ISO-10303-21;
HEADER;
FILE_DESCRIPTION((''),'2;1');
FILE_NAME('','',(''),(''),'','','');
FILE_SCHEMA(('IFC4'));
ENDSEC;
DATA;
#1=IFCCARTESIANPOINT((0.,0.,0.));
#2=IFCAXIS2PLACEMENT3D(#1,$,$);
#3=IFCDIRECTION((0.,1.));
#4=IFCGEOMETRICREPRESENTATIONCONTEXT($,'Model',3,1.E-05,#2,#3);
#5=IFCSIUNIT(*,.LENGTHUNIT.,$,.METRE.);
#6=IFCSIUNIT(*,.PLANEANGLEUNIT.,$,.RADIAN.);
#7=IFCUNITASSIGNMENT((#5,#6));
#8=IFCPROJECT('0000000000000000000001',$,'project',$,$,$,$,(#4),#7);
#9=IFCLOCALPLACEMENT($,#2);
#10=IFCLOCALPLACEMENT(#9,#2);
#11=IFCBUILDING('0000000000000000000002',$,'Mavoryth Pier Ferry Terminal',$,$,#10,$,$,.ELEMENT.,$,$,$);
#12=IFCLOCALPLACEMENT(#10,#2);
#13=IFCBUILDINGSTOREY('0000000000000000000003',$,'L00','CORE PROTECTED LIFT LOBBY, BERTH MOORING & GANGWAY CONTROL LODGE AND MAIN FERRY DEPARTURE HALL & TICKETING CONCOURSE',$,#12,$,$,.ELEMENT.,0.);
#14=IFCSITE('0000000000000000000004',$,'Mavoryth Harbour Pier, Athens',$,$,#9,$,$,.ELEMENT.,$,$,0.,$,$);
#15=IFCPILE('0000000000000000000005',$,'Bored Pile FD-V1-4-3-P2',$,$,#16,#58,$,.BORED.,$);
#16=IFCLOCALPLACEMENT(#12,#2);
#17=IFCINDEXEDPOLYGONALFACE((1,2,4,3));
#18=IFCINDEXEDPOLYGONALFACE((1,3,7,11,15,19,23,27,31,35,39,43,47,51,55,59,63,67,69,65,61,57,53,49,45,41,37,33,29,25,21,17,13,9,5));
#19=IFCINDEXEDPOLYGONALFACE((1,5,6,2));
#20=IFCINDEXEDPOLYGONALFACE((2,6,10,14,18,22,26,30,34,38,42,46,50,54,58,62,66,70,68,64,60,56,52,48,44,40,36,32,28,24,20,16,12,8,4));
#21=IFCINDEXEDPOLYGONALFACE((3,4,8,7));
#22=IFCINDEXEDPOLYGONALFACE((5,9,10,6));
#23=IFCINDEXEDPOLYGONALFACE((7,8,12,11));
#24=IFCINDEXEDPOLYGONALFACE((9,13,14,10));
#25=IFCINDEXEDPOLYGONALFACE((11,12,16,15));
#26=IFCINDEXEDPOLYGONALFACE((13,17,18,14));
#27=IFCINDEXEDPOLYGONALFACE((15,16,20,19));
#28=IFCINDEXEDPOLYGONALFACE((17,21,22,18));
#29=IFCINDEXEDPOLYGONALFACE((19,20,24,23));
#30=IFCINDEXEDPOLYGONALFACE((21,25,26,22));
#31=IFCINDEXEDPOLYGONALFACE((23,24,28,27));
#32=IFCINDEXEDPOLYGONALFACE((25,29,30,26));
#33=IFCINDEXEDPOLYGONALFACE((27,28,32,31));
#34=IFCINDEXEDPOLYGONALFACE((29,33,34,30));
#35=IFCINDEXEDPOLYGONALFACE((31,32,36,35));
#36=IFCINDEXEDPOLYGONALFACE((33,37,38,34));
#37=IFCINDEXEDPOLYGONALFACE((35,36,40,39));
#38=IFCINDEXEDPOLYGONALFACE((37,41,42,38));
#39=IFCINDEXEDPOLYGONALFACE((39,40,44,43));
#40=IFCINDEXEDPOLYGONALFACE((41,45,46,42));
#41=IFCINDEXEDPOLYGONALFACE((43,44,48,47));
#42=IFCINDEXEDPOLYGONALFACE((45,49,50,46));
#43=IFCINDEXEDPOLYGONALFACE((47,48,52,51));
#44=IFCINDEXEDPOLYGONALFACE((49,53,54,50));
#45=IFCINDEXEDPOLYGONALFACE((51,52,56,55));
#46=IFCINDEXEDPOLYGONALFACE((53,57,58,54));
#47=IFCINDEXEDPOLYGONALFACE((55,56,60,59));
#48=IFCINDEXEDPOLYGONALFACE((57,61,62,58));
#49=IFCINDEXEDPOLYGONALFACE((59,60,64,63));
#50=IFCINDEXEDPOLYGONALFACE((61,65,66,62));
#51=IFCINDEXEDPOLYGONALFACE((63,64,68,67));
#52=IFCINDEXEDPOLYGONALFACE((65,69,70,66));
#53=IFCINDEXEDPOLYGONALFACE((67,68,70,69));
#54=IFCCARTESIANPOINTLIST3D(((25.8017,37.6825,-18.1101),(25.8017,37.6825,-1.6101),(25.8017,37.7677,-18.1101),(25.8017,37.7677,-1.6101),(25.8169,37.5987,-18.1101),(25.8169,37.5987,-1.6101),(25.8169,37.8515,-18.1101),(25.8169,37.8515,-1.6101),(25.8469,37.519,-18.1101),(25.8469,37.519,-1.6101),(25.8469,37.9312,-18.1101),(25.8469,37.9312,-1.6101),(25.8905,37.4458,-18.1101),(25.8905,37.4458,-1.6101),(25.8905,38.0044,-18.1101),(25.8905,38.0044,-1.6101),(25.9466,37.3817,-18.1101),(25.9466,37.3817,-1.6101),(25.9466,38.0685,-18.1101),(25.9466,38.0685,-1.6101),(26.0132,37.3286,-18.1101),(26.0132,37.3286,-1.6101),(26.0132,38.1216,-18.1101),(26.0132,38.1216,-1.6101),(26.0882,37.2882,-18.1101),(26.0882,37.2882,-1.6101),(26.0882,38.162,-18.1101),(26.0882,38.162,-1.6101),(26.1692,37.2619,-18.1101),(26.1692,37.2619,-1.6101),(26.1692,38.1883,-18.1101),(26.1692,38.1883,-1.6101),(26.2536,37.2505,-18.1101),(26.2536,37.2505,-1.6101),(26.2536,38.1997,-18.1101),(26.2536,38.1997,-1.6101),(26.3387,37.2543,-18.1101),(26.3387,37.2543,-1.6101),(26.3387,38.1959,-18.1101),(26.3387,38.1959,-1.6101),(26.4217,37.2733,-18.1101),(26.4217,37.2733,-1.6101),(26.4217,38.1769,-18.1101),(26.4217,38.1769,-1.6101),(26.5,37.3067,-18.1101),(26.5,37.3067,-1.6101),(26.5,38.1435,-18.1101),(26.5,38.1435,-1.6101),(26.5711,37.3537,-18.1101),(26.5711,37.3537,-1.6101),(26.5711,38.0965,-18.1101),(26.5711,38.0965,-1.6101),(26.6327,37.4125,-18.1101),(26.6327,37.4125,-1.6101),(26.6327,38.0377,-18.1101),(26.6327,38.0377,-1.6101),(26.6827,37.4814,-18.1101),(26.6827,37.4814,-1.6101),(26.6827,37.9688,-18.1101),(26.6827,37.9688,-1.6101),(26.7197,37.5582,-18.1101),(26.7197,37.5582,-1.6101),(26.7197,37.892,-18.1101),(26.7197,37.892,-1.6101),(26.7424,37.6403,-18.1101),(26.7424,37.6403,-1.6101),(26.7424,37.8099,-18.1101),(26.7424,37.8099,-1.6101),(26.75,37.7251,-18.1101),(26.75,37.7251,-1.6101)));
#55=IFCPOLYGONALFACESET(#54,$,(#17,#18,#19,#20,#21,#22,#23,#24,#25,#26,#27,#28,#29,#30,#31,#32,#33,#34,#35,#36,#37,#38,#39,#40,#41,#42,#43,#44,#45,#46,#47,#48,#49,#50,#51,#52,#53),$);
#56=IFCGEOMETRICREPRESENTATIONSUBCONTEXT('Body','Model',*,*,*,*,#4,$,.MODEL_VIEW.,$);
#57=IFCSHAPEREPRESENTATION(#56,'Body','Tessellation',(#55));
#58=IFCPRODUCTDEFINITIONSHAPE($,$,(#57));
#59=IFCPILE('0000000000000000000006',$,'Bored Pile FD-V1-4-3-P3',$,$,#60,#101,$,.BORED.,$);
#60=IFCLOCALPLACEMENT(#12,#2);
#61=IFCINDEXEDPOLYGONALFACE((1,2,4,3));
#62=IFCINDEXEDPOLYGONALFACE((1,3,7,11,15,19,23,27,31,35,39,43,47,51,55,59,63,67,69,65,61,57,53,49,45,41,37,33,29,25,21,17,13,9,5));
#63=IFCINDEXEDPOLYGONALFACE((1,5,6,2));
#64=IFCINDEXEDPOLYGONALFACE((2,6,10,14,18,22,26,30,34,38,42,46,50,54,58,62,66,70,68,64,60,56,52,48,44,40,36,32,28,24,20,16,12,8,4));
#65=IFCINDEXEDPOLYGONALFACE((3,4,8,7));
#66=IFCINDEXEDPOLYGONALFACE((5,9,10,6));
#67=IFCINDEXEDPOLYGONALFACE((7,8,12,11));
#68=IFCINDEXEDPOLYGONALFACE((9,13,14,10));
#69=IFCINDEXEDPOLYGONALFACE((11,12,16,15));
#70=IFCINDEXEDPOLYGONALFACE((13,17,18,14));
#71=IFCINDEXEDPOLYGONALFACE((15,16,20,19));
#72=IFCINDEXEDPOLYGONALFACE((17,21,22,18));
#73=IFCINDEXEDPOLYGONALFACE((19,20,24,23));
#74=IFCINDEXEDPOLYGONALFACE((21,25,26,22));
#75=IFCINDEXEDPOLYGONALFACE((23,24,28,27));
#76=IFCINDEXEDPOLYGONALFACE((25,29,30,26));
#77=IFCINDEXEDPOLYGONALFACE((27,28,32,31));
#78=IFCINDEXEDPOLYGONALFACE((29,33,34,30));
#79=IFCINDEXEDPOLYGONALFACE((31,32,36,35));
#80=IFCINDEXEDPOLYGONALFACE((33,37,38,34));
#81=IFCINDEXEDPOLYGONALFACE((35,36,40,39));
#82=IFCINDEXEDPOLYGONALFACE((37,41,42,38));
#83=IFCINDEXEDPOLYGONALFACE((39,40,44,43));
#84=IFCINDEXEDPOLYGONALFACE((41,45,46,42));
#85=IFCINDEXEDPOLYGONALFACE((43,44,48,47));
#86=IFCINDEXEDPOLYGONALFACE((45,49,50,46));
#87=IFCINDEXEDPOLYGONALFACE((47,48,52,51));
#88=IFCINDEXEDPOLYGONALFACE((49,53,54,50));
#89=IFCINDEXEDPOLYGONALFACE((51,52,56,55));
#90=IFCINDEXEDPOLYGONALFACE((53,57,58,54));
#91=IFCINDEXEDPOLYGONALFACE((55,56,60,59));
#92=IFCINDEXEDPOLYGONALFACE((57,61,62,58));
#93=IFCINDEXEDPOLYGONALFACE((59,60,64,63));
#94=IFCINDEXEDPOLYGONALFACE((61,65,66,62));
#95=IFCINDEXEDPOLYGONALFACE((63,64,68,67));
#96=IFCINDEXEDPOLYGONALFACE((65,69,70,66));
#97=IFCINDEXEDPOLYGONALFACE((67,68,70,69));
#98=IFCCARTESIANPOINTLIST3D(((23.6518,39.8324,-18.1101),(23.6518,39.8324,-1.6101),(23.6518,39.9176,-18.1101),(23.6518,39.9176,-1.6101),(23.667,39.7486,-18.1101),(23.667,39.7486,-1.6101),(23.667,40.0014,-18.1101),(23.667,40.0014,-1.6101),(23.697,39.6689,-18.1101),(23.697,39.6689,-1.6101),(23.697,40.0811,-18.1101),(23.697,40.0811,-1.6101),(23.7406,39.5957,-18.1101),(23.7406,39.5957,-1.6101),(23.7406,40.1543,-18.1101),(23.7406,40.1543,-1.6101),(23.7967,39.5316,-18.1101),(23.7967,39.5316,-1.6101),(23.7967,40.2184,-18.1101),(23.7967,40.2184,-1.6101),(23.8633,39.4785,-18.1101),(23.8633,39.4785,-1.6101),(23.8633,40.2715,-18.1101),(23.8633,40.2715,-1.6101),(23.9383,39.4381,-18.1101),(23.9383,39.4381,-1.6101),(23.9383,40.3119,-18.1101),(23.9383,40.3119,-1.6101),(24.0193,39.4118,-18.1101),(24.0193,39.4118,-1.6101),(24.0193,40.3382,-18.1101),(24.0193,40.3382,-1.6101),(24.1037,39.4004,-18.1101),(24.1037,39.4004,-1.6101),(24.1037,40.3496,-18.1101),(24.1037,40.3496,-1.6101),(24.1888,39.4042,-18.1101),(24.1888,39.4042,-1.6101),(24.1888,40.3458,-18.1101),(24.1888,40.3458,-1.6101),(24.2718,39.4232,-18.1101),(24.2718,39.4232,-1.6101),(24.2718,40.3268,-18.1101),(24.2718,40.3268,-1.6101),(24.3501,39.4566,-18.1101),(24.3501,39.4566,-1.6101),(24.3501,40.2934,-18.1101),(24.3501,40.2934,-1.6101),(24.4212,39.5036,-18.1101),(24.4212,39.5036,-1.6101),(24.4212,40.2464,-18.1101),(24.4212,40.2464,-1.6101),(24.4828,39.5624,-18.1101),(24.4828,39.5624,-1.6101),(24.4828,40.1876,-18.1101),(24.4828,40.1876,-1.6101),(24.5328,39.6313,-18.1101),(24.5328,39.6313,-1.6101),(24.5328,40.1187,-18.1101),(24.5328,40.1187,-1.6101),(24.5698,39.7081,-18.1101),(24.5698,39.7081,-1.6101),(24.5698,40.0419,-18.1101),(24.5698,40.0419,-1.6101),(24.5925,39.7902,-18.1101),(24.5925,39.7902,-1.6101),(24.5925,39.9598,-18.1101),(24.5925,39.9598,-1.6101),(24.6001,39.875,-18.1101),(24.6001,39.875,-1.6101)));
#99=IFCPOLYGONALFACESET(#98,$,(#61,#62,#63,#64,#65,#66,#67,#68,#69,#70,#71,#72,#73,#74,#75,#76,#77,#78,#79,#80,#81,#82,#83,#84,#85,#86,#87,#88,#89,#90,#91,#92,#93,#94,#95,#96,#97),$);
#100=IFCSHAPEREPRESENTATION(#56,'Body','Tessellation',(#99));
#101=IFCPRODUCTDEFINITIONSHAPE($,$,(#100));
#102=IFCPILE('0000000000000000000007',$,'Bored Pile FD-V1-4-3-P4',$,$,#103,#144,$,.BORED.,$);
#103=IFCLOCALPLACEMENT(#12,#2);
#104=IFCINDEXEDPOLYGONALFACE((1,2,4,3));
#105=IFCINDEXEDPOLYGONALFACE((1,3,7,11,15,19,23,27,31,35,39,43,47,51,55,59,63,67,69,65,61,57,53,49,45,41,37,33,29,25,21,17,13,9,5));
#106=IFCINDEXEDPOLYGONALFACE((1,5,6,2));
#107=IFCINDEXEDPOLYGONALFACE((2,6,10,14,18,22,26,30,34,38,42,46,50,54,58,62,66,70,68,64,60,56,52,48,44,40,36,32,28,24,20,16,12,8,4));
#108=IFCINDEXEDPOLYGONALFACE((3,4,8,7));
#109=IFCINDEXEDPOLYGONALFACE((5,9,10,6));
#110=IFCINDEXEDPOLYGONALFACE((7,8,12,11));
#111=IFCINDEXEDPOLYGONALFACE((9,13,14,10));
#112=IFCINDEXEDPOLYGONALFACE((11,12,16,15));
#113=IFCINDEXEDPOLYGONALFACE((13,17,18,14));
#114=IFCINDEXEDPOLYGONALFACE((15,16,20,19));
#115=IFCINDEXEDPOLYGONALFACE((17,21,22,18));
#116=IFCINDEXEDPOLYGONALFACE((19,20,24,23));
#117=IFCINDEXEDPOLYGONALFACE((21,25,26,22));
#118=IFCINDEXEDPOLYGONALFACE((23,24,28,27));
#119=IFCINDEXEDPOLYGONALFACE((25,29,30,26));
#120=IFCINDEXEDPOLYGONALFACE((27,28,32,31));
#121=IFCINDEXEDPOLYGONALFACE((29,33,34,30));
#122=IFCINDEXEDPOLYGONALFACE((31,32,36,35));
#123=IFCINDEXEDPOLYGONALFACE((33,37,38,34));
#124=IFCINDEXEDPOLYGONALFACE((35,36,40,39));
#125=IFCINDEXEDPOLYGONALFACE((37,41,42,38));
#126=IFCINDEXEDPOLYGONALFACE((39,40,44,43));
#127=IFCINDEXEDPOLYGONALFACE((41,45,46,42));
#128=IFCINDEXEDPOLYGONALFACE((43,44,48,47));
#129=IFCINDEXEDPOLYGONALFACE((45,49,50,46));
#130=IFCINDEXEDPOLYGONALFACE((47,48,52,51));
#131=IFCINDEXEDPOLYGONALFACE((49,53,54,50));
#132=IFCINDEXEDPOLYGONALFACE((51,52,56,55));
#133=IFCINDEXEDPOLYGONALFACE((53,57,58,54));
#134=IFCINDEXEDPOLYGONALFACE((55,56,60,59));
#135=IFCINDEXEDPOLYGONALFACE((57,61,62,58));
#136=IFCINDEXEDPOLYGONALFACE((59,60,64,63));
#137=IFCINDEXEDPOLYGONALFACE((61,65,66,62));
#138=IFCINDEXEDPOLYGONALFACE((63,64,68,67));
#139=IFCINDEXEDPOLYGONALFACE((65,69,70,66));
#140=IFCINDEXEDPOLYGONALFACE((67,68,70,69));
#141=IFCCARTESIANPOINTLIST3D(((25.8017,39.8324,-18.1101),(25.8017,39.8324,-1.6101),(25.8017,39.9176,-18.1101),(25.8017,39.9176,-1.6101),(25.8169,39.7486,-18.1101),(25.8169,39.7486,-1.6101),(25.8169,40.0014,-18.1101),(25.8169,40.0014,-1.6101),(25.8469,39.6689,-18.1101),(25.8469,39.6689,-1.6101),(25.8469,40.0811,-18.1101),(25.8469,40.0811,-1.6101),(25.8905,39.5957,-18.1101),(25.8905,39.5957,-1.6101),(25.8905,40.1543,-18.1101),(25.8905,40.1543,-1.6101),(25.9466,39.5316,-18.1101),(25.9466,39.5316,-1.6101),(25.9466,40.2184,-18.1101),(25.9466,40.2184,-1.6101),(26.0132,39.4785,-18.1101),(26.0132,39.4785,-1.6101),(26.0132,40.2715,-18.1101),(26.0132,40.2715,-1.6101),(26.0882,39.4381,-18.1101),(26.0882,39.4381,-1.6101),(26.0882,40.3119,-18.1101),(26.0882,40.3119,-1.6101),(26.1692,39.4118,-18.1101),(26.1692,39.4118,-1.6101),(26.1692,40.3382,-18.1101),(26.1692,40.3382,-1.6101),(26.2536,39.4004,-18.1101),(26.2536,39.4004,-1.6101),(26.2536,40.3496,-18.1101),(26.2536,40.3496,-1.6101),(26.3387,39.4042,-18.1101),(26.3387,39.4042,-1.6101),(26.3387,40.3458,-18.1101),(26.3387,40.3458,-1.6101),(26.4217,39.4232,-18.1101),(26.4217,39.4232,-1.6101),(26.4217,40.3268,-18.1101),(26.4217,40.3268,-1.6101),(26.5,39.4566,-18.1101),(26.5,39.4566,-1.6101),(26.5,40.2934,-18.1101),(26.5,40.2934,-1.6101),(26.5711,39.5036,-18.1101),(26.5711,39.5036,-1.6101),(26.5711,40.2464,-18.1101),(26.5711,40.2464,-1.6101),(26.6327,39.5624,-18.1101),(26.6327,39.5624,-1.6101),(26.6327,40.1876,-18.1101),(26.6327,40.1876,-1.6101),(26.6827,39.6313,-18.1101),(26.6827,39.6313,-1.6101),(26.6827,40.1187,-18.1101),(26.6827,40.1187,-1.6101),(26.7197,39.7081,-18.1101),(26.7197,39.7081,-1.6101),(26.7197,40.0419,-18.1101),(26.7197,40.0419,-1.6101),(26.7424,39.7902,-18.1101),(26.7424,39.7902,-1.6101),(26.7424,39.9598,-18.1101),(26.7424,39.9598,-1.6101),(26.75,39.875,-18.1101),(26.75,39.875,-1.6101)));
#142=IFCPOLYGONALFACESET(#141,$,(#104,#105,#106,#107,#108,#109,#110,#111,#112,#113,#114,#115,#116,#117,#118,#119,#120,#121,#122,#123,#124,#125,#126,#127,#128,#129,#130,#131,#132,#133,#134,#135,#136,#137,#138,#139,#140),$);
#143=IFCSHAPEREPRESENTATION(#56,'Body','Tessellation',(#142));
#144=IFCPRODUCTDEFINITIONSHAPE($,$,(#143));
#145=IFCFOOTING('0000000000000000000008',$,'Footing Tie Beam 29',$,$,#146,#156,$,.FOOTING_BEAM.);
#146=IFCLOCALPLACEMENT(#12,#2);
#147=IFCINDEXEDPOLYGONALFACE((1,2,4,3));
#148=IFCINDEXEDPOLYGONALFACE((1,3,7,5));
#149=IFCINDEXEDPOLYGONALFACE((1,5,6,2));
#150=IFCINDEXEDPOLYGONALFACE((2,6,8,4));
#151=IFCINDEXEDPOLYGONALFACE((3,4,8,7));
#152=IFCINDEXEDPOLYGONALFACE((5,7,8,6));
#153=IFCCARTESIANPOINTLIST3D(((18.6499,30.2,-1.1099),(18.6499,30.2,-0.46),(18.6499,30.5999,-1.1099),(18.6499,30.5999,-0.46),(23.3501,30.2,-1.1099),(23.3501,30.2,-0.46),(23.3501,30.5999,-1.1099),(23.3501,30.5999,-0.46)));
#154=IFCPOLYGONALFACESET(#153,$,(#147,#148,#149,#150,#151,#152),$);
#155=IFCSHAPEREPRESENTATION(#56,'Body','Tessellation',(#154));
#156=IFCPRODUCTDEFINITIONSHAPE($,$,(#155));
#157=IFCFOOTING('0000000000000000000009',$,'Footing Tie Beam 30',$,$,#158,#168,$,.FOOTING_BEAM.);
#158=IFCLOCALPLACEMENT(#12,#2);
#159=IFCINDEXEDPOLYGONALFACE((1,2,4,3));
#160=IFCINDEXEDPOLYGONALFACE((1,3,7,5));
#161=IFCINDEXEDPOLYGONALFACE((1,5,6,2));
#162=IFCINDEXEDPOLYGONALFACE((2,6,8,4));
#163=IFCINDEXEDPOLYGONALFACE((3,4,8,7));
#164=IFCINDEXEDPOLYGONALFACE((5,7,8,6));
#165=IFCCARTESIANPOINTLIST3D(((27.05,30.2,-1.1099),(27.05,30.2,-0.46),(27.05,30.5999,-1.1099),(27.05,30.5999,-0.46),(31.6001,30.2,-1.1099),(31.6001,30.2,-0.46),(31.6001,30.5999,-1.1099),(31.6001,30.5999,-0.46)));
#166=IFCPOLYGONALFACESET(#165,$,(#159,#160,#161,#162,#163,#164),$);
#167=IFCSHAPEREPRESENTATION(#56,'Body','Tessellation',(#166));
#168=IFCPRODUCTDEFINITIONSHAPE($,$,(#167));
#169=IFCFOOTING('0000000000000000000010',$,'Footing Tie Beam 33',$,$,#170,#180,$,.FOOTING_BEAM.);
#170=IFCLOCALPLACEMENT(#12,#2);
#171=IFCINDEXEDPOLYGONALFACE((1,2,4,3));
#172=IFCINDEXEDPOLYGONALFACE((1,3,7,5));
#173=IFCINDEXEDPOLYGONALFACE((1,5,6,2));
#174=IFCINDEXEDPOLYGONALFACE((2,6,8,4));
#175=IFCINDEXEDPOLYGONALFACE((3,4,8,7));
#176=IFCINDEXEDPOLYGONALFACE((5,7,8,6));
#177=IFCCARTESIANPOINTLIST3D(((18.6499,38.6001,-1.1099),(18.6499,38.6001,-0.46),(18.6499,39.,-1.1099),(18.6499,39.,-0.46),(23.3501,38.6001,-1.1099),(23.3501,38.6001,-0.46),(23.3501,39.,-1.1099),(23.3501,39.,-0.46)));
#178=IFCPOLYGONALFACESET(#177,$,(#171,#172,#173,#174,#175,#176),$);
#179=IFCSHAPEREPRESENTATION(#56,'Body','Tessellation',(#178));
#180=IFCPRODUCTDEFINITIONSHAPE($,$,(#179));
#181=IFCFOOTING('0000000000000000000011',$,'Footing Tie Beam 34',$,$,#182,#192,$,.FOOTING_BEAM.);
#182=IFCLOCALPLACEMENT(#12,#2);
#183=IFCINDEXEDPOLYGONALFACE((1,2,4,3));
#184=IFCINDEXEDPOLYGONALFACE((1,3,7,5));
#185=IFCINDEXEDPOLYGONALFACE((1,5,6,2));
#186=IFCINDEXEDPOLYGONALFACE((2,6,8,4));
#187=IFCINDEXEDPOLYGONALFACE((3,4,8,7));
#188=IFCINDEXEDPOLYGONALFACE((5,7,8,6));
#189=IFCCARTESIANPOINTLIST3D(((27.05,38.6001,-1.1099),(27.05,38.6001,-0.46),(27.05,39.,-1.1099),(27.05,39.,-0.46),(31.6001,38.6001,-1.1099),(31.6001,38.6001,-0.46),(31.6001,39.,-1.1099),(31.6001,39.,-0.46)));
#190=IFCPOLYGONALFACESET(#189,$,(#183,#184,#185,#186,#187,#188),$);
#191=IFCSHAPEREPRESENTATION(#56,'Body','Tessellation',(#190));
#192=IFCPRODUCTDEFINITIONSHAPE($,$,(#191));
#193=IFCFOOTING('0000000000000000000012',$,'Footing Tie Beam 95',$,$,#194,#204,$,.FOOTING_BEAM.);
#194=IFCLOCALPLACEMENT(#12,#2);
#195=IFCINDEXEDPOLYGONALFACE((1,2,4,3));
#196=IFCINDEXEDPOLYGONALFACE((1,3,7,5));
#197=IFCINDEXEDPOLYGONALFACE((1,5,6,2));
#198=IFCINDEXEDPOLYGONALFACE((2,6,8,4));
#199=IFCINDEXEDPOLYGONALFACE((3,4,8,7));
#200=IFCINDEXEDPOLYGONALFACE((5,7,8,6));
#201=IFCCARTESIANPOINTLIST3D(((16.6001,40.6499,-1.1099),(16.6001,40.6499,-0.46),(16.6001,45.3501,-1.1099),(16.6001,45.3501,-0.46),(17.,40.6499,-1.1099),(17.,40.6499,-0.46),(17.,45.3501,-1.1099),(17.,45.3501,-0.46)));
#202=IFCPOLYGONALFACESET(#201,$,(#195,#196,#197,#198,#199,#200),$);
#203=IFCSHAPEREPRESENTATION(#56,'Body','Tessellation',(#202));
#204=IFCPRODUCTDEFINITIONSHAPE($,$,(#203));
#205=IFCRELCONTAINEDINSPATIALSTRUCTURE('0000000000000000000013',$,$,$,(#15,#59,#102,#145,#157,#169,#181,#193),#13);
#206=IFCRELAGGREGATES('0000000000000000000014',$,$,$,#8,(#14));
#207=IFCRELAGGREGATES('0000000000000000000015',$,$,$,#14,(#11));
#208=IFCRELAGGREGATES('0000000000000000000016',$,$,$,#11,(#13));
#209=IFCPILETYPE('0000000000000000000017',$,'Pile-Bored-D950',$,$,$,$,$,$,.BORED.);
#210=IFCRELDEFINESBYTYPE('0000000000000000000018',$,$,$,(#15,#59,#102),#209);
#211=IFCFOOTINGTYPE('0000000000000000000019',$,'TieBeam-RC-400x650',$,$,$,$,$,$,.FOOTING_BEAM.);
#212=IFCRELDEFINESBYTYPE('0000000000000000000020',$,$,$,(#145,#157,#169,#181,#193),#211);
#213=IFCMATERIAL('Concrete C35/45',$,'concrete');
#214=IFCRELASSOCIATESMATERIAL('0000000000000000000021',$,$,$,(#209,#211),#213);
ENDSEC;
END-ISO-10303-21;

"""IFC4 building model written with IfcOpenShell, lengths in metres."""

from ifc_helpers import new_model, si_unit, direction, frame, origin, origin_2d, place, context, subcontext, project, spatial, rectangle, circle, extrude, material, material_profile, profile_set, type_object, element, save


model = new_model("IFC4")

# Units and contexts
model_context = context("Model", 3, precision=1e-05, world=origin(), true_north=direction((0.0, 1.0)))
body_context = subcontext(model_context, "Body", "Model", "MODEL_VIEW")
ifc_project = project(units=[si_unit("LENGTHUNIT", "METRE"), si_unit("PLANEANGLEUNIT", "RADIAN")], contexts=[model_context])

# Site, building, storey
site_placement = place(None, origin())
site = spatial("IfcSite", under=ifc_project, at=site_placement, Name="Mavoryth Harbour Pier, Athens", CompositionType="ELEMENT", RefElevation=0.0)
building_placement = place(site_placement, origin())
building = spatial("IfcBuilding", under=site, at=building_placement, Name="Mavoryth Pier Ferry Terminal", CompositionType="ELEMENT")
storey_placement = place(building_placement, origin())
storey = spatial("IfcBuildingStorey", under=building, at=storey_placement, Name="L00", Description="CORE PROTECTED LIFT LOBBY, BERTH MOORING & GANGWAY CONTROL LODGE AND MAIN FERRY DEPARTURE HALL & TICKETING CONCOURSE", CompositionType="ELEMENT", Elevation=0.0)

# Shared definitions
ifc_material_1 = material(Name="Concrete C35/45", Category="concrete")

# Piles
ifc_material_profile_1 = material_profile(ifc_material_1, circle(Radius=0.4751, at=origin_2d()), Name="PILE D950", Category="concrete")
ifc_profile_set_1 = profile_set([ifc_material_profile_1], Name="Concrete C35/45 - PILE D950")
pile_type_1 = type_object("IfcPileType", Name="Pile-Bored-D950", PredefinedType="BORED", material=ifc_profile_set_1)
for number, where, z_axis, x_axis, name in (
    (1, (26.2749, 37.7251, -1.6101), (0.0, 0.0, -1.0), (1.0, 0.0, 0.0), "Bored Pile FD-V1-4-3-P2"),
    (2, (24.125, 39.875, -1.6101), (0.0, 0.0, -1.0), (1.0, 0.0, 0.0), "Bored Pile FD-V1-4-3-P3"),
    (3, (26.2749, 39.875, -1.6101), (0.0, 0.0, -1.0), (1.0, 0.0, 0.0), "Bored Pile FD-V1-4-3-P4"),
):
    element("IfcPile", number, at=place(storey_placement, frame(where, z_axis=z_axis, x_axis=x_axis)), inside=storey, type_object=pile_type_1, Name=name, PredefinedType="BORED", context=body_context, shape_type="SweptSolid", body=[
        extrude(circle(Radius=0.4751, at=origin_2d()), origin(), (0.0, 0.0, 1.0), 16.5),
    ])

# Footings
ifc_material_profile_2 = material_profile(ifc_material_1, rectangle(XDim=0.3999, YDim=0.6499, at=origin_2d()), Name="RC 400x650", Category="concrete")
ifc_profile_set_2 = profile_set([ifc_material_profile_2], Name="Concrete C35/45 - RC 400x650")
footing_type_1 = type_object("IfcFootingType", Name="TieBeam-RC-400x650", PredefinedType="FOOTING_BEAM", material=ifc_profile_set_2)
footing_1_placement = place(storey_placement, frame((18.6499, 30.3999, -0.7849), z_axis=(1.0, 0.0, 0.0), x_axis=(0.0, 1.0, 0.0)))
element("IfcFooting", 4, at=footing_1_placement, inside=storey, type_object=footing_type_1, Name="Footing Tie Beam 29", PredefinedType="FOOTING_BEAM", context=body_context, shape_type="SweptSolid", body=[
    extrude(rectangle(XDim=0.3999, YDim=0.6499, at=origin_2d()), origin(), (0.0, 0.0, 1.0), 4.7002),
])
footing_2_placement = place(storey_placement, frame((27.05, 30.3999, -0.7849), z_axis=(1.0, 0.0, 0.0), x_axis=(0.0, 1.0, 0.0)))
element("IfcFooting", 5, at=footing_2_placement, inside=storey, type_object=footing_type_1, Name="Footing Tie Beam 30", PredefinedType="FOOTING_BEAM", context=body_context, shape_type="SweptSolid", body=[
    extrude(rectangle(XDim=0.3999, YDim=0.6499, at=origin_2d()), origin(), (0.0, 0.0, 1.0), 4.55),
])
footing_3_placement = place(storey_placement, frame((18.6499, 38.8, -0.7849), z_axis=(1.0, 0.0, 0.0), x_axis=(0.0, 1.0, 0.0)))
element("IfcFooting", 6, at=footing_3_placement, inside=storey, type_object=footing_type_1, Name="Footing Tie Beam 33", PredefinedType="FOOTING_BEAM", context=body_context, shape_type="SweptSolid", body=[
    extrude(rectangle(XDim=0.3999, YDim=0.6499, at=origin_2d()), origin(), (0.0, 0.0, 1.0), 4.7002),
])
footing_4_placement = place(storey_placement, frame((27.05, 38.8, -0.7849), z_axis=(1.0, 0.0, 0.0), x_axis=(0.0, 1.0, 0.0)))
element("IfcFooting", 7, at=footing_4_placement, inside=storey, type_object=footing_type_1, Name="Footing Tie Beam 34", PredefinedType="FOOTING_BEAM", context=body_context, shape_type="SweptSolid", body=[
    extrude(rectangle(XDim=0.3999, YDim=0.6499, at=origin_2d()), origin(), (0.0, 0.0, 1.0), 4.55),
])
footing_5_placement = place(storey_placement, frame((16.8, 40.6499, -0.7849), z_axis=(0.0, 1.0, 0.0), x_axis=(-1.0, 0.0, 0.0)))
element("IfcFooting", 8, at=footing_5_placement, inside=storey, type_object=footing_type_1, Name="Footing Tie Beam 95", PredefinedType="FOOTING_BEAM", context=body_context, shape_type="SweptSolid", body=[
    extrude(rectangle(XDim=0.3999, YDim=0.6499, at=origin_2d()), origin(), (0.0, 0.0, 1.0), 4.7002),
])

save(model, "model.ifc")
